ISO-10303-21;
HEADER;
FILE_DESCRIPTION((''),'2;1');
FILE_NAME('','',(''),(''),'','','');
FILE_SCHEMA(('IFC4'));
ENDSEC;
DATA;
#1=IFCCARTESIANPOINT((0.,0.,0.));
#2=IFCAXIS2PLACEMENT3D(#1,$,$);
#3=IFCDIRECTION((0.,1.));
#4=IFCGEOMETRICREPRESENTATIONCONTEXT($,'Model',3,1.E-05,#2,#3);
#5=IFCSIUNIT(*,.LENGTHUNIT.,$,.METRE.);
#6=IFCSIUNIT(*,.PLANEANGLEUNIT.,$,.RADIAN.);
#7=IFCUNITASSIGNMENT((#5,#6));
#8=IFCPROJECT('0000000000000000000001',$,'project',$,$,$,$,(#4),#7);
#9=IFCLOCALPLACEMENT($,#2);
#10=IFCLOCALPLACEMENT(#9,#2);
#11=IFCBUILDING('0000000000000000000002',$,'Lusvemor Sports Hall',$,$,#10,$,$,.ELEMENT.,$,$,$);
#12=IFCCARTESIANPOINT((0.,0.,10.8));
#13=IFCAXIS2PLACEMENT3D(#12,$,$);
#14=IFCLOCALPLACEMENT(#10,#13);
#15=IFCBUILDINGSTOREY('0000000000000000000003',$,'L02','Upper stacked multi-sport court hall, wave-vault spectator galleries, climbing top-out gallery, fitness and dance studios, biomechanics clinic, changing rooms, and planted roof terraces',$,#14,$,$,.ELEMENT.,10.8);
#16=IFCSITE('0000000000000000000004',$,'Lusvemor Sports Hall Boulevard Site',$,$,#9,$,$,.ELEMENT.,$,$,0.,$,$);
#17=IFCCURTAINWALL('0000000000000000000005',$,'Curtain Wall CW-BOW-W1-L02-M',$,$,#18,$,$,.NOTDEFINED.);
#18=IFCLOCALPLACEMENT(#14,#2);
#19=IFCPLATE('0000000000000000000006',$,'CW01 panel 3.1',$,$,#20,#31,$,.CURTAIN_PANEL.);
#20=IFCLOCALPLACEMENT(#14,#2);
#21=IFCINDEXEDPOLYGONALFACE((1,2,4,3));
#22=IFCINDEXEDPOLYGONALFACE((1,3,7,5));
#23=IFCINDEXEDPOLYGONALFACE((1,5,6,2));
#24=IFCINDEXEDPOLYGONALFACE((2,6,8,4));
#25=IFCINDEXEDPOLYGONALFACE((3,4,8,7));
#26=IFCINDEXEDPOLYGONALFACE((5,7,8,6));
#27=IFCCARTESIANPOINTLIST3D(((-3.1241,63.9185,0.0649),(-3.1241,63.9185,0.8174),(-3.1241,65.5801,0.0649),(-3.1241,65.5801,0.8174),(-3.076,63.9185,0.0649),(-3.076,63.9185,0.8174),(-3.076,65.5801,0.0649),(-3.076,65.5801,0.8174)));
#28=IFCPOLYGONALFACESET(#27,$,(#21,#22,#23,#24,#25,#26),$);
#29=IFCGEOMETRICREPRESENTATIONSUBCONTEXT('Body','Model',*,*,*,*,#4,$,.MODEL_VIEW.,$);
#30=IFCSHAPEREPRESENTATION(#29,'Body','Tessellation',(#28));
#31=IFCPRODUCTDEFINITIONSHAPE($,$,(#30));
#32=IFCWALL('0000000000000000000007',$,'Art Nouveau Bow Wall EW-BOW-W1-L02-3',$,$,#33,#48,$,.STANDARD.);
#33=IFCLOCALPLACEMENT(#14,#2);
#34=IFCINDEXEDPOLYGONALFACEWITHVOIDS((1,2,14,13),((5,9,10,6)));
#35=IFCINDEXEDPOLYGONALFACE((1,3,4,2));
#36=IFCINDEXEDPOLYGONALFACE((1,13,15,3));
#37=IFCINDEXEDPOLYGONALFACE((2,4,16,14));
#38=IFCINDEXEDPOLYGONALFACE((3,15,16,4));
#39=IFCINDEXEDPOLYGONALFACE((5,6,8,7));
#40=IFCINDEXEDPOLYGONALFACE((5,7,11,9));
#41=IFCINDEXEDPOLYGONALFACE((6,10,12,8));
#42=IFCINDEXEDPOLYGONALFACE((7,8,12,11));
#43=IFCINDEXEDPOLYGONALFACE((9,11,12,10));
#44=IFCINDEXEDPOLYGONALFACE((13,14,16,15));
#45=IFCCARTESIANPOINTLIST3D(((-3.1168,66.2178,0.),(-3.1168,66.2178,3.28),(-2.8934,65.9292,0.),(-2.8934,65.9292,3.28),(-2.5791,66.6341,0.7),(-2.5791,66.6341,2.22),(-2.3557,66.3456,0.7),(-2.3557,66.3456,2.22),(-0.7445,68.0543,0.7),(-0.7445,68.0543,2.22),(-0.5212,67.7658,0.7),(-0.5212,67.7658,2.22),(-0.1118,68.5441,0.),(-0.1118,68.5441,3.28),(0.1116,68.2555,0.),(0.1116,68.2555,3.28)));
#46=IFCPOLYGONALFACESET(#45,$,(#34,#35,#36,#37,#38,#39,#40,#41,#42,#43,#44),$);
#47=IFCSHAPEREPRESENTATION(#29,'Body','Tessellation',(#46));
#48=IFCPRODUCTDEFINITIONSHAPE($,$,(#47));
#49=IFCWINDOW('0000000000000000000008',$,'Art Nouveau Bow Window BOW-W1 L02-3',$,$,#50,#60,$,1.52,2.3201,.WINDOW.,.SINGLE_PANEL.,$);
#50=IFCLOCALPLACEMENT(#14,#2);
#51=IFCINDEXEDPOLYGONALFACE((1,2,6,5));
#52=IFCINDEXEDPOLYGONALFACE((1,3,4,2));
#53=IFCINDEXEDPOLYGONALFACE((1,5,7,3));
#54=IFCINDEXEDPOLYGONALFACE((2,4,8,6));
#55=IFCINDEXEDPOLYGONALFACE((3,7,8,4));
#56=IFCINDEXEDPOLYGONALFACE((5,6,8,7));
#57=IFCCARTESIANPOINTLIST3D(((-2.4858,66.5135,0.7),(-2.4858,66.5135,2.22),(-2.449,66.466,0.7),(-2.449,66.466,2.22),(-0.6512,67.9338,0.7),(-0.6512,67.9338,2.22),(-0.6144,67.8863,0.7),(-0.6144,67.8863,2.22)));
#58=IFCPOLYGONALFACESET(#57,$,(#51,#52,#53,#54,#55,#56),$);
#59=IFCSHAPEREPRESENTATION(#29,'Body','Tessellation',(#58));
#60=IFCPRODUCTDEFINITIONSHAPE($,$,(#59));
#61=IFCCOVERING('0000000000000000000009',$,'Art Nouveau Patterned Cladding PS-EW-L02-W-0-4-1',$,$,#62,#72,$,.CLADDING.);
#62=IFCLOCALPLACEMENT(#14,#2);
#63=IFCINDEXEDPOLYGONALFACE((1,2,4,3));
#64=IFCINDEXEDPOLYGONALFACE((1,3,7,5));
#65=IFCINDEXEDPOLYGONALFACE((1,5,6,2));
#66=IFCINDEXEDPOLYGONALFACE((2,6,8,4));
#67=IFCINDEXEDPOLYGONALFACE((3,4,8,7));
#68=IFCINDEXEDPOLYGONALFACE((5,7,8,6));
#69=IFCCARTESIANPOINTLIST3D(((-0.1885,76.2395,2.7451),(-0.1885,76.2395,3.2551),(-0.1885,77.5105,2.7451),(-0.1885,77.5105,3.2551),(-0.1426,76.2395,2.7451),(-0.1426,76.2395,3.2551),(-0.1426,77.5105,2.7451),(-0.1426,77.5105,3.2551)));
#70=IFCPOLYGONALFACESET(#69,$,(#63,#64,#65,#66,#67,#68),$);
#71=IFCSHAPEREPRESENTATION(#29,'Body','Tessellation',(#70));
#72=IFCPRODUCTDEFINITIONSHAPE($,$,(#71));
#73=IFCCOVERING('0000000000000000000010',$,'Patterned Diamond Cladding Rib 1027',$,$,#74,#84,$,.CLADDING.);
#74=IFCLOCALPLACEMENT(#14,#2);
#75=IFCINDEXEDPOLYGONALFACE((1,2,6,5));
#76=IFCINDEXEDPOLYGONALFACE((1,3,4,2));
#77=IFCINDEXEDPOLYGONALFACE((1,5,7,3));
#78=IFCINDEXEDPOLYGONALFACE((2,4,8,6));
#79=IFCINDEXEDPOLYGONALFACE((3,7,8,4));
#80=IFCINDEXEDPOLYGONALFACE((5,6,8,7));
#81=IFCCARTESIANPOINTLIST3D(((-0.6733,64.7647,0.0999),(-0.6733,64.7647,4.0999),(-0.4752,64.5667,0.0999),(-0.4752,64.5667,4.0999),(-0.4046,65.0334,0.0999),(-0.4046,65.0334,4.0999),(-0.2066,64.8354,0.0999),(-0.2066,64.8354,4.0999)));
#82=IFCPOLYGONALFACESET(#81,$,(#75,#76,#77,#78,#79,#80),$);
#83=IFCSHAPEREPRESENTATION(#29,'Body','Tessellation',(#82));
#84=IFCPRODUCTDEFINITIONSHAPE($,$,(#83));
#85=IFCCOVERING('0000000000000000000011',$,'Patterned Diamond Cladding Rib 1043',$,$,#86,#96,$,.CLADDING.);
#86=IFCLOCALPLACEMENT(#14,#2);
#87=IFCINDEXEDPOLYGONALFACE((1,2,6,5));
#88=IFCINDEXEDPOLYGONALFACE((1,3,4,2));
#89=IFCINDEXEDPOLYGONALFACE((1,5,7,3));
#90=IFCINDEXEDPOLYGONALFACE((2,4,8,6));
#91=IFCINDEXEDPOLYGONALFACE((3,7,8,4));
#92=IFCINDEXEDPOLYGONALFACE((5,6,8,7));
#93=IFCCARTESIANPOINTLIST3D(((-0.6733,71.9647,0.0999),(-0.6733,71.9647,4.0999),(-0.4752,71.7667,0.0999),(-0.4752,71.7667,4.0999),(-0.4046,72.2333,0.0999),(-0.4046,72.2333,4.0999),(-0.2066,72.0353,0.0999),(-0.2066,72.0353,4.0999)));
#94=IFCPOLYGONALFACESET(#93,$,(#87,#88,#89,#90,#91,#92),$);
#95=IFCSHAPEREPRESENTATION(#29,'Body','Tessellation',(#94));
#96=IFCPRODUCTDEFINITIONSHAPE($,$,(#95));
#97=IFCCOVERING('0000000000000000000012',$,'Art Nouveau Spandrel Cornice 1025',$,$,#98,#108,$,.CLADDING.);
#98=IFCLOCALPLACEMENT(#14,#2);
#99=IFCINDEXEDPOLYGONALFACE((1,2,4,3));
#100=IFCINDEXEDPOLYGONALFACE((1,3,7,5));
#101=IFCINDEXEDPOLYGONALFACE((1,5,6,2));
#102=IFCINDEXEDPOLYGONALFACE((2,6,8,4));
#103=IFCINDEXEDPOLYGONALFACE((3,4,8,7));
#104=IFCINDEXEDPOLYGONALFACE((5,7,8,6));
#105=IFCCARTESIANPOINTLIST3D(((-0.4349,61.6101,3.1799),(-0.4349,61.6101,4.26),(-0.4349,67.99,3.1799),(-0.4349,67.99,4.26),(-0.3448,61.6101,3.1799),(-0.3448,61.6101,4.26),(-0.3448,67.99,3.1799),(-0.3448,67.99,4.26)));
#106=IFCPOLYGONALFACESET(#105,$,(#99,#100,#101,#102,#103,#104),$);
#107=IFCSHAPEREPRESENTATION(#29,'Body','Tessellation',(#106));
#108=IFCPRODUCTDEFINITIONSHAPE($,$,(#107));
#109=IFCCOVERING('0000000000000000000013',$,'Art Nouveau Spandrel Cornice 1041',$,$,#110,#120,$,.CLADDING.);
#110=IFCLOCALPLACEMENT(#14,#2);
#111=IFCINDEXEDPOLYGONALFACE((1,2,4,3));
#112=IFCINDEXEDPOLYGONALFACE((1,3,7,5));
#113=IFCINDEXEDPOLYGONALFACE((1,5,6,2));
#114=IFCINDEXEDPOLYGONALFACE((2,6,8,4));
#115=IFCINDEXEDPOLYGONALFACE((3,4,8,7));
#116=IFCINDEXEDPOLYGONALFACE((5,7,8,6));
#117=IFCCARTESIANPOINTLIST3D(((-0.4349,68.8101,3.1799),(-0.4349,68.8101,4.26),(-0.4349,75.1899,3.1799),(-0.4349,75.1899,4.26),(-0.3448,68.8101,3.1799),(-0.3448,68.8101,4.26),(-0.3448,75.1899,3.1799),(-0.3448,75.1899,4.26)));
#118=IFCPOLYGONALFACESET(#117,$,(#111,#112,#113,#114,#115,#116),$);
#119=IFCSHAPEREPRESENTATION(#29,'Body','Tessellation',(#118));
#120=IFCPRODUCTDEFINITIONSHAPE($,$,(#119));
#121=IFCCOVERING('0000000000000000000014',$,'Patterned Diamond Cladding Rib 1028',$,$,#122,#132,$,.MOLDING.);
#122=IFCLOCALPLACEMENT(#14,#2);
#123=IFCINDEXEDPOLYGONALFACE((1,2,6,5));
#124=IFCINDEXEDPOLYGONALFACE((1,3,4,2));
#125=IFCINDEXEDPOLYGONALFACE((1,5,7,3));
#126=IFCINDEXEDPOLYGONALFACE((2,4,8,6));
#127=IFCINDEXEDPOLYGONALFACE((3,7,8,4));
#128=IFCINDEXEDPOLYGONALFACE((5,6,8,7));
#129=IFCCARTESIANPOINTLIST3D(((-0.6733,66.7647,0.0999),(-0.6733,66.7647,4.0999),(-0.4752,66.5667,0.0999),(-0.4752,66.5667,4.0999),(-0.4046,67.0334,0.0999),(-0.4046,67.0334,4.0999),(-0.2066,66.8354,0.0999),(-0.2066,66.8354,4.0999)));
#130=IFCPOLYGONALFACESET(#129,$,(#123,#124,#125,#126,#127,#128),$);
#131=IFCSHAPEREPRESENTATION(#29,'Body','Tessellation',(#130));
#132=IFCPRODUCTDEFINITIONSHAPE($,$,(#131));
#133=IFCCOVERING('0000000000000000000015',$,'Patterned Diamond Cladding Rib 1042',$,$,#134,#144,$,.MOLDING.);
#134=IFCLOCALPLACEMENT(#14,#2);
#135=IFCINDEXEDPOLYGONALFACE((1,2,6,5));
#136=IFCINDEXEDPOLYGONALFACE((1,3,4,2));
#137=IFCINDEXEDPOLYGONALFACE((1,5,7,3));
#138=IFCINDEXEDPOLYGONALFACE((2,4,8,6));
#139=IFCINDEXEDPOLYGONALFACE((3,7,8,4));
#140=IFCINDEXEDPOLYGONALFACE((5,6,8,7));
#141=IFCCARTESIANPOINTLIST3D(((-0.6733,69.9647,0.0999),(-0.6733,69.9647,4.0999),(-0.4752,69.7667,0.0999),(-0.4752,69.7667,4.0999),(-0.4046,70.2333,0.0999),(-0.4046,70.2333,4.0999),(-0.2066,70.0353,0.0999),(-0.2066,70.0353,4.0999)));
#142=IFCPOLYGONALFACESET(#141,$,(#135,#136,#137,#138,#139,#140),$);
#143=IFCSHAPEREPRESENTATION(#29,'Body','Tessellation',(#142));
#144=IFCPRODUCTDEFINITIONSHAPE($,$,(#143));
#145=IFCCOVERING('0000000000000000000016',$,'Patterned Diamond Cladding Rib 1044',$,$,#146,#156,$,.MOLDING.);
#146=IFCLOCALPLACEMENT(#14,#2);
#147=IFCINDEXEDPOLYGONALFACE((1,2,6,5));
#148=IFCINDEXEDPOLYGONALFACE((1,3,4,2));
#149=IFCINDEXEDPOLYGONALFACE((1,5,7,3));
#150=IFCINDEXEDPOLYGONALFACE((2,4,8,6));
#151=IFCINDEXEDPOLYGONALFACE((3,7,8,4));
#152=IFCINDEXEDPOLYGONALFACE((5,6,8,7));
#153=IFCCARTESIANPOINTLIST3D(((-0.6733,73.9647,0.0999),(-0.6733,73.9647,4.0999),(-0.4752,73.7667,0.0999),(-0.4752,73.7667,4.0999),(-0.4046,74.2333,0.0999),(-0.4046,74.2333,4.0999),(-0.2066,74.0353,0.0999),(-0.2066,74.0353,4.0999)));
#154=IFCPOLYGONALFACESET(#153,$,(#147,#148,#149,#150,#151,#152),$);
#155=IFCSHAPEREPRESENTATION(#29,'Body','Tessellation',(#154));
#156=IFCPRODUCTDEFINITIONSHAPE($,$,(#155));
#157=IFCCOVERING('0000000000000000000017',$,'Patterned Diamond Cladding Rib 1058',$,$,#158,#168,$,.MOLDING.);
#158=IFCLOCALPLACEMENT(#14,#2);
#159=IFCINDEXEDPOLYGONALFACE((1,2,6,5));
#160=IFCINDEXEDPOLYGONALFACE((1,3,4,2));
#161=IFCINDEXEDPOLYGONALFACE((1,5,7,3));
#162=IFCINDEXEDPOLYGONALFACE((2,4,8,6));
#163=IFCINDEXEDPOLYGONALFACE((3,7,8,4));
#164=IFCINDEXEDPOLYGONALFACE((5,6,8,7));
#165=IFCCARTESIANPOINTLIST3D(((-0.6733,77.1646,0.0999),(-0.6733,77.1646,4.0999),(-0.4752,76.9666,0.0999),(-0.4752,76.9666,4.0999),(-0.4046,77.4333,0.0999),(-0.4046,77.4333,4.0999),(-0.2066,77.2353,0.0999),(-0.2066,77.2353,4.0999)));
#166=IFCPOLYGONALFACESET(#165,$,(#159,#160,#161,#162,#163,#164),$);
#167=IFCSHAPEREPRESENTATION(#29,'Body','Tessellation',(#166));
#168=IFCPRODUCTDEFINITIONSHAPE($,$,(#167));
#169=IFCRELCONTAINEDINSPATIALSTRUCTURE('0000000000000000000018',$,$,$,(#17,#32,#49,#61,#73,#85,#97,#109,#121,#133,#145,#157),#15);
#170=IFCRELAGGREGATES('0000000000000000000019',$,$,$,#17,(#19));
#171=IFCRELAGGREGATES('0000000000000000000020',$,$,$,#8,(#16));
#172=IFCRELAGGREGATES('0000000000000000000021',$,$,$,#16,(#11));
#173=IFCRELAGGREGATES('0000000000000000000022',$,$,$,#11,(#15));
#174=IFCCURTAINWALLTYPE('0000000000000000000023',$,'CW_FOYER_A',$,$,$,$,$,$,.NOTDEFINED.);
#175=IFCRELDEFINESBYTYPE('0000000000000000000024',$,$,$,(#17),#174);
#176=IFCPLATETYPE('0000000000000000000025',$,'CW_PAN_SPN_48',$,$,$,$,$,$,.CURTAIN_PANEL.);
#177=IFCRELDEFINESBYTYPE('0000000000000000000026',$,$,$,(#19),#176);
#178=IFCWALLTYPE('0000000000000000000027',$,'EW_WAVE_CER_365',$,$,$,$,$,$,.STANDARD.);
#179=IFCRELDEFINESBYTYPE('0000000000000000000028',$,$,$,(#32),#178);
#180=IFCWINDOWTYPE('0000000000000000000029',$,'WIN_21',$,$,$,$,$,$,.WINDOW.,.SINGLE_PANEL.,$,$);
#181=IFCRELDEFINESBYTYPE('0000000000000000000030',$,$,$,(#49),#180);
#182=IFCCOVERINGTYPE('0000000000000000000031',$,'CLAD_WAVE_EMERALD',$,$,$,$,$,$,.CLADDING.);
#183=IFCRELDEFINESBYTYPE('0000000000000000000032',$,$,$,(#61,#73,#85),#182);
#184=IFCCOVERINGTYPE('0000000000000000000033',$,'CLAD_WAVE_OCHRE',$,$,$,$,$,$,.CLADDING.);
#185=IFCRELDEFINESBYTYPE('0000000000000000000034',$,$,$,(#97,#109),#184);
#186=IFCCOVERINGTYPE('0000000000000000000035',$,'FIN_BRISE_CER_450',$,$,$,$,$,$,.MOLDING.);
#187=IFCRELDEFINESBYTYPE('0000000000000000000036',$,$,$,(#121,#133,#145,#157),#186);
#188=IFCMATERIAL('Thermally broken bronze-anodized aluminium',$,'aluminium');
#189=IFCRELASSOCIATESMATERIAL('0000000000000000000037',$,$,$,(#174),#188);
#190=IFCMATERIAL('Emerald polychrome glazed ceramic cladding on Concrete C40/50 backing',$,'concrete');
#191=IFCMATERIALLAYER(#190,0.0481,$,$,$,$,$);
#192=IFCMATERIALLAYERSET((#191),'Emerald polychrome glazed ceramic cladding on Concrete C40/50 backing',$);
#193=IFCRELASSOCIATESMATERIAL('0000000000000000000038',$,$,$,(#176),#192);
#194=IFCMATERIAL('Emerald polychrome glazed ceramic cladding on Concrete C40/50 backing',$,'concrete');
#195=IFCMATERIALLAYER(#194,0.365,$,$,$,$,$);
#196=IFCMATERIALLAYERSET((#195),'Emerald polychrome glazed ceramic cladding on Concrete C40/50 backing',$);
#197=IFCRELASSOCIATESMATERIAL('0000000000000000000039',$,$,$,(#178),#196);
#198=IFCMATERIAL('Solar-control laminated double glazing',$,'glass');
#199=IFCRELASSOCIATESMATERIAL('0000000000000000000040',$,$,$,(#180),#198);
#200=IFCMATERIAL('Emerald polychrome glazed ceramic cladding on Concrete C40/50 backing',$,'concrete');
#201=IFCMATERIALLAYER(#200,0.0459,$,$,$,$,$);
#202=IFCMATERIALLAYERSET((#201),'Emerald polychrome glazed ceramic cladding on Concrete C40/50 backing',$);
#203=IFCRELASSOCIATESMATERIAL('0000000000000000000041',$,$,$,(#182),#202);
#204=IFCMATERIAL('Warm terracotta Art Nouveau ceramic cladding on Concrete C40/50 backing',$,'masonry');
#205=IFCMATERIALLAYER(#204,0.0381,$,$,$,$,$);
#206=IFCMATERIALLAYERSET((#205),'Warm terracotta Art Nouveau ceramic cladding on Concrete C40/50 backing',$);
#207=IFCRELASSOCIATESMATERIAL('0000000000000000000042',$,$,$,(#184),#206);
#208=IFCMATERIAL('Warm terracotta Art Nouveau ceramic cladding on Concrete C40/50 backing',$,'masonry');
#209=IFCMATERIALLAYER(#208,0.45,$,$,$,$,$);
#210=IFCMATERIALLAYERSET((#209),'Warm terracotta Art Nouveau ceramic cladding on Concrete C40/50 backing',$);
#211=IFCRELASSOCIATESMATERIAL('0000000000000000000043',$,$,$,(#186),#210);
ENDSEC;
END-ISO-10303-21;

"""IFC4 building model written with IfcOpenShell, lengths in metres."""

from ifc_helpers import new_model, si_unit, direction, frame, frame_2d, origin, origin_2d, place, context, subcontext, project, spatial, rectangle, extrude, material, layer, layer_set, type_object, element, fill, aggregate, save


model = new_model("IFC4")

# Units and contexts
model_context = context("Model", 3, precision=1e-05, world=origin(), true_north=direction((0.0, 1.0)))
body_context = subcontext(model_context, "Body", "Model", "MODEL_VIEW")
ifc_project = project(units=[si_unit("LENGTHUNIT", "METRE"), si_unit("PLANEANGLEUNIT", "RADIAN")], contexts=[model_context])

# Site, building, storey
site_placement = place(None, origin())
site = spatial("IfcSite", under=ifc_project, at=site_placement, Name="Lusvemor Sports Hall Boulevard Site", CompositionType="ELEMENT", RefElevation=0.0)
building_placement = place(site_placement, origin())
building = spatial("IfcBuilding", under=site, at=building_placement, Name="Lusvemor Sports Hall", CompositionType="ELEMENT")
storey_placement = place(building_placement, frame((0.0, 0.0, 10.8)))
storey = spatial("IfcBuildingStorey", under=building, at=storey_placement, Name="L02", Description="Upper stacked multi-sport court hall, wave-vault spectator galleries, climbing top-out gallery, fitness and dance studios, biomechanics clinic, changing rooms, and planted roof terraces", CompositionType="ELEMENT", Elevation=10.8)

# Curtain wall
ifc_material_1 = material(Name="Thermally broken bronze-anodized aluminium", Category="aluminium")
curtain_wall_type_1 = type_object("IfcCurtainWallType", Name="CW_FOYER_A", PredefinedType="NOTDEFINED", material=ifc_material_1)
curtain_wall_1_placement = place(storey_placement, origin())
curtain_wall_1 = element("IfcCurtainWall", 1, at=curtain_wall_1_placement, inside=storey, type_object=curtain_wall_type_1, Name="Curtain Wall CW-BOW-W1-L02-M", PredefinedType="NOTDEFINED")

# Plate
ifc_material_2 = material(Name="Emerald polychrome glazed ceramic cladding on Concrete C40/50 backing", Category="concrete")
ifc_layer_1 = layer(ifc_material_2, 0.0481)
ifc_layer_set_1 = layer_set([ifc_layer_1], Name="Emerald polychrome glazed ceramic cladding on Concrete C40/50 backing")
plate_type_1 = type_object("IfcPlateType", Name="CW_PAN_SPN_48", PredefinedType="CURTAIN_PANEL", material=ifc_layer_set_1)
plate_1_placement = place(storey_placement, frame((-3.1001, 64.7493, 0.0649), z_axis=(0.0, 0.0, 1.0), x_axis=(0.0, 1.0, 0.0)))
plate_1 = element("IfcPlate", 2, at=plate_1_placement, type_object=plate_type_1, Name="CW01 panel 3.1", PredefinedType="CURTAIN_PANEL", context=body_context, shape_type="SweptSolid", body=[
    extrude(rectangle(XDim=1.6616, YDim=0.0481, at=origin_2d()), origin(), (0.0, 0.0, 1.0), 0.7524),
])
aggregate(curtain_wall_1, [plate_1])

# Wall, opening, window
ifc_material_3 = material(Name="Emerald polychrome glazed ceramic cladding on Concrete C40/50 backing", Category="concrete")
ifc_layer_2 = layer(ifc_material_3, 0.365)
ifc_layer_set_2 = layer_set([ifc_layer_2], Name="Emerald polychrome glazed ceramic cladding on Concrete C40/50 backing")
wall_type = type_object("IfcWallType", Name="EW_WAVE_CER_365", PredefinedType="STANDARD", material=ifc_layer_set_2)
wall_placement = place(storey_placement, frame((-3.0051, 66.0735, 0.0), z_axis=(0.0, 0.0, 1.0), x_axis=(0.790741, 0.612151, 0.0)))
wall = element("IfcWall", 3, at=wall_placement, inside=storey, type_object=wall_type, Name="Art Nouveau Bow Wall EW-BOW-W1-L02-3", PredefinedType="STANDARD", context=body_context, shape_type="SweptSolid", body=[
    extrude(rectangle(XDim=3.8003, YDim=0.365, at=frame_2d((1.9001, 0.0))), origin(), (0.0, 0.0, 1.0), 3.28),
])
opening_placement = place(wall_placement, frame((0.6799, 0.0, 0.7)))
opening = element("IfcOpeningElement", 4, at=opening_placement, cuts=wall, PredefinedType="OPENING", context=body_context, shape_type="SweptSolid", body=[
    extrude(rectangle(XDim=2.3201, YDim=1.52, at=frame_2d((1.1602, 0.76))), frame((0.0, 0.1826, 0.0), z_axis=(0.0, -1.0, 0.0), x_axis=(1.0, 0.0, 0.0)), (0.0, 0.0, 1.0), 0.365),
])
ifc_material_4 = material(Name="Solar-control laminated double glazing", Category="glass")
window_type = type_object("IfcWindowType", Name="WIN_21", PartitioningType="SINGLE_PANEL", PredefinedType="WINDOW", material=ifc_material_4)
window_placement = place(opening_placement, origin())
window = element("IfcWindow", 5, at=window_placement, inside=storey, type_object=window_type, Name="Art Nouveau Bow Window BOW-W1 L02-3", OverallHeight=1.52, OverallWidth=2.3201, PartitioningType="SINGLE_PANEL", PredefinedType="WINDOW", context=body_context, shape_type="SweptSolid", body=[
    extrude(rectangle(XDim=2.3201, YDim=1.52, at=frame_2d((1.1602, 0.76))), frame((0.0, 0.03, 0.0), z_axis=(0.0, -1.0, 0.0), x_axis=(1.0, 0.0, 0.0)), (0.0, 0.0, 1.0), 0.0601),
])
fill(opening, window)

# Coverings
ifc_material_5 = material(Name="Emerald polychrome glazed ceramic cladding on Concrete C40/50 backing", Category="concrete")
ifc_layer_3 = layer(ifc_material_5, 0.0459)
ifc_layer_set_3 = layer_set([ifc_layer_3], Name="Emerald polychrome glazed ceramic cladding on Concrete C40/50 backing")
covering_type_1 = type_object("IfcCoveringType", Name="CLAD_WAVE_EMERALD", PredefinedType="CLADDING", material=ifc_layer_set_3)
covering_placement = place(storey_placement, frame((-0.1655, 76.875, 2.7451), z_axis=(0.0, 0.0, 1.0), x_axis=(1.0, 0.0, 0.0)))
element("IfcCovering", 6, at=covering_placement, inside=storey, type_object=covering_type_1, Name="Art Nouveau Patterned Cladding PS-EW-L02-W-0-4-1", PredefinedType="CLADDING", context=body_context, shape_type="SweptSolid", body=[
    extrude(rectangle(XDim=0.0459, YDim=1.271, at=origin_2d()), origin(), (0.0, 0.0, 1.0), 0.51),
])
for number, where, z_axis, x_axis, name in (
    (7, (-0.4399, 64.8, 0.0999), (0.0, 0.0, 1.0), (0.707107, 0.707107, 0.0), "Patterned Diamond Cladding Rib 1027"),
    (8, (-0.4399, 72.0, 0.0999), (0.0, 0.0, 1.0), (0.707107, 0.707107, 0.0), "Patterned Diamond Cladding Rib 1043"),
):
    element("IfcCovering", number, at=place(storey_placement, frame(where, z_axis=z_axis, x_axis=x_axis)), inside=storey, type_object=covering_type_1, Name=name, PredefinedType="CLADDING", context=body_context, shape_type="SweptSolid", body=[
        extrude(rectangle(XDim=0.3799, YDim=0.28, at=origin_2d()), origin(), (0.0, 0.0, 1.0), 4.0),
    ])
ifc_material_6 = material(Name="Warm terracotta Art Nouveau ceramic cladding on Concrete C40/50 backing", Category="masonry")
ifc_layer_4 = layer(ifc_material_6, 0.0381)
ifc_layer_set_4 = layer_set([ifc_layer_4], Name="Warm terracotta Art Nouveau ceramic cladding on Concrete C40/50 backing")
covering_type_2 = type_object("IfcCoveringType", Name="CLAD_WAVE_OCHRE", PredefinedType="CLADDING", material=ifc_layer_set_4)
for number, where, z_axis, x_axis, name in (
    (9, (-0.3899, 64.8, 3.1799), (0.0, 0.0, 1.0), (1.0, 0.0, 0.0), "Art Nouveau Spandrel Cornice 1025"),
    (10, (-0.3899, 72.0, 3.1799), (0.0, 0.0, 1.0), (1.0, 0.0, 0.0), "Art Nouveau Spandrel Cornice 1041"),
):
    element("IfcCovering", number, at=place(storey_placement, frame(where, z_axis=z_axis, x_axis=x_axis)), inside=storey, type_object=covering_type_2, Name=name, PredefinedType="CLADDING", context=body_context, shape_type="SweptSolid", body=[
        extrude(rectangle(XDim=0.0901, YDim=6.3799, at=origin_2d()), origin(), (0.0, 0.0, 1.0), 1.0801),
    ])
ifc_material_7 = material(Name="Warm terracotta Art Nouveau ceramic cladding on Concrete C40/50 backing", Category="masonry")
ifc_layer_5 = layer(ifc_material_7, 0.45)
ifc_layer_set_5 = layer_set([ifc_layer_5], Name="Warm terracotta Art Nouveau ceramic cladding on Concrete C40/50 backing")
covering_type_3 = type_object("IfcCoveringType", Name="FIN_BRISE_CER_450", PredefinedType="MOLDING", material=ifc_layer_set_5)
for number, where, z_axis, x_axis, name in (
    (11, (-0.4399, 66.8, 0.0999), (0.0, 0.0, 1.0), (0.707107, 0.707107, 0.0), "Patterned Diamond Cladding Rib 1028"),
    (12, (-0.4399, 70.0, 0.0999), (0.0, 0.0, 1.0), (0.707107, 0.707107, 0.0), "Patterned Diamond Cladding Rib 1042"),
    (13, (-0.4399, 74.0, 0.0999), (0.0, 0.0, 1.0), (0.707107, 0.707107, 0.0), "Patterned Diamond Cladding Rib 1044"),
    (14, (-0.4399, 77.2, 0.0999), (0.0, 0.0, 1.0), (0.707107, 0.707107, 0.0), "Patterned Diamond Cladding Rib 1058"),
):
    element("IfcCovering", number, at=place(storey_placement, frame(where, z_axis=z_axis, x_axis=x_axis)), inside=storey, type_object=covering_type_3, Name=name, PredefinedType="MOLDING", context=body_context, shape_type="SweptSolid", body=[
        extrude(rectangle(XDim=0.3799, YDim=0.28, at=origin_2d()), origin(), (0.0, 0.0, 1.0), 4.0),
    ])

save(model, "model.ifc")
